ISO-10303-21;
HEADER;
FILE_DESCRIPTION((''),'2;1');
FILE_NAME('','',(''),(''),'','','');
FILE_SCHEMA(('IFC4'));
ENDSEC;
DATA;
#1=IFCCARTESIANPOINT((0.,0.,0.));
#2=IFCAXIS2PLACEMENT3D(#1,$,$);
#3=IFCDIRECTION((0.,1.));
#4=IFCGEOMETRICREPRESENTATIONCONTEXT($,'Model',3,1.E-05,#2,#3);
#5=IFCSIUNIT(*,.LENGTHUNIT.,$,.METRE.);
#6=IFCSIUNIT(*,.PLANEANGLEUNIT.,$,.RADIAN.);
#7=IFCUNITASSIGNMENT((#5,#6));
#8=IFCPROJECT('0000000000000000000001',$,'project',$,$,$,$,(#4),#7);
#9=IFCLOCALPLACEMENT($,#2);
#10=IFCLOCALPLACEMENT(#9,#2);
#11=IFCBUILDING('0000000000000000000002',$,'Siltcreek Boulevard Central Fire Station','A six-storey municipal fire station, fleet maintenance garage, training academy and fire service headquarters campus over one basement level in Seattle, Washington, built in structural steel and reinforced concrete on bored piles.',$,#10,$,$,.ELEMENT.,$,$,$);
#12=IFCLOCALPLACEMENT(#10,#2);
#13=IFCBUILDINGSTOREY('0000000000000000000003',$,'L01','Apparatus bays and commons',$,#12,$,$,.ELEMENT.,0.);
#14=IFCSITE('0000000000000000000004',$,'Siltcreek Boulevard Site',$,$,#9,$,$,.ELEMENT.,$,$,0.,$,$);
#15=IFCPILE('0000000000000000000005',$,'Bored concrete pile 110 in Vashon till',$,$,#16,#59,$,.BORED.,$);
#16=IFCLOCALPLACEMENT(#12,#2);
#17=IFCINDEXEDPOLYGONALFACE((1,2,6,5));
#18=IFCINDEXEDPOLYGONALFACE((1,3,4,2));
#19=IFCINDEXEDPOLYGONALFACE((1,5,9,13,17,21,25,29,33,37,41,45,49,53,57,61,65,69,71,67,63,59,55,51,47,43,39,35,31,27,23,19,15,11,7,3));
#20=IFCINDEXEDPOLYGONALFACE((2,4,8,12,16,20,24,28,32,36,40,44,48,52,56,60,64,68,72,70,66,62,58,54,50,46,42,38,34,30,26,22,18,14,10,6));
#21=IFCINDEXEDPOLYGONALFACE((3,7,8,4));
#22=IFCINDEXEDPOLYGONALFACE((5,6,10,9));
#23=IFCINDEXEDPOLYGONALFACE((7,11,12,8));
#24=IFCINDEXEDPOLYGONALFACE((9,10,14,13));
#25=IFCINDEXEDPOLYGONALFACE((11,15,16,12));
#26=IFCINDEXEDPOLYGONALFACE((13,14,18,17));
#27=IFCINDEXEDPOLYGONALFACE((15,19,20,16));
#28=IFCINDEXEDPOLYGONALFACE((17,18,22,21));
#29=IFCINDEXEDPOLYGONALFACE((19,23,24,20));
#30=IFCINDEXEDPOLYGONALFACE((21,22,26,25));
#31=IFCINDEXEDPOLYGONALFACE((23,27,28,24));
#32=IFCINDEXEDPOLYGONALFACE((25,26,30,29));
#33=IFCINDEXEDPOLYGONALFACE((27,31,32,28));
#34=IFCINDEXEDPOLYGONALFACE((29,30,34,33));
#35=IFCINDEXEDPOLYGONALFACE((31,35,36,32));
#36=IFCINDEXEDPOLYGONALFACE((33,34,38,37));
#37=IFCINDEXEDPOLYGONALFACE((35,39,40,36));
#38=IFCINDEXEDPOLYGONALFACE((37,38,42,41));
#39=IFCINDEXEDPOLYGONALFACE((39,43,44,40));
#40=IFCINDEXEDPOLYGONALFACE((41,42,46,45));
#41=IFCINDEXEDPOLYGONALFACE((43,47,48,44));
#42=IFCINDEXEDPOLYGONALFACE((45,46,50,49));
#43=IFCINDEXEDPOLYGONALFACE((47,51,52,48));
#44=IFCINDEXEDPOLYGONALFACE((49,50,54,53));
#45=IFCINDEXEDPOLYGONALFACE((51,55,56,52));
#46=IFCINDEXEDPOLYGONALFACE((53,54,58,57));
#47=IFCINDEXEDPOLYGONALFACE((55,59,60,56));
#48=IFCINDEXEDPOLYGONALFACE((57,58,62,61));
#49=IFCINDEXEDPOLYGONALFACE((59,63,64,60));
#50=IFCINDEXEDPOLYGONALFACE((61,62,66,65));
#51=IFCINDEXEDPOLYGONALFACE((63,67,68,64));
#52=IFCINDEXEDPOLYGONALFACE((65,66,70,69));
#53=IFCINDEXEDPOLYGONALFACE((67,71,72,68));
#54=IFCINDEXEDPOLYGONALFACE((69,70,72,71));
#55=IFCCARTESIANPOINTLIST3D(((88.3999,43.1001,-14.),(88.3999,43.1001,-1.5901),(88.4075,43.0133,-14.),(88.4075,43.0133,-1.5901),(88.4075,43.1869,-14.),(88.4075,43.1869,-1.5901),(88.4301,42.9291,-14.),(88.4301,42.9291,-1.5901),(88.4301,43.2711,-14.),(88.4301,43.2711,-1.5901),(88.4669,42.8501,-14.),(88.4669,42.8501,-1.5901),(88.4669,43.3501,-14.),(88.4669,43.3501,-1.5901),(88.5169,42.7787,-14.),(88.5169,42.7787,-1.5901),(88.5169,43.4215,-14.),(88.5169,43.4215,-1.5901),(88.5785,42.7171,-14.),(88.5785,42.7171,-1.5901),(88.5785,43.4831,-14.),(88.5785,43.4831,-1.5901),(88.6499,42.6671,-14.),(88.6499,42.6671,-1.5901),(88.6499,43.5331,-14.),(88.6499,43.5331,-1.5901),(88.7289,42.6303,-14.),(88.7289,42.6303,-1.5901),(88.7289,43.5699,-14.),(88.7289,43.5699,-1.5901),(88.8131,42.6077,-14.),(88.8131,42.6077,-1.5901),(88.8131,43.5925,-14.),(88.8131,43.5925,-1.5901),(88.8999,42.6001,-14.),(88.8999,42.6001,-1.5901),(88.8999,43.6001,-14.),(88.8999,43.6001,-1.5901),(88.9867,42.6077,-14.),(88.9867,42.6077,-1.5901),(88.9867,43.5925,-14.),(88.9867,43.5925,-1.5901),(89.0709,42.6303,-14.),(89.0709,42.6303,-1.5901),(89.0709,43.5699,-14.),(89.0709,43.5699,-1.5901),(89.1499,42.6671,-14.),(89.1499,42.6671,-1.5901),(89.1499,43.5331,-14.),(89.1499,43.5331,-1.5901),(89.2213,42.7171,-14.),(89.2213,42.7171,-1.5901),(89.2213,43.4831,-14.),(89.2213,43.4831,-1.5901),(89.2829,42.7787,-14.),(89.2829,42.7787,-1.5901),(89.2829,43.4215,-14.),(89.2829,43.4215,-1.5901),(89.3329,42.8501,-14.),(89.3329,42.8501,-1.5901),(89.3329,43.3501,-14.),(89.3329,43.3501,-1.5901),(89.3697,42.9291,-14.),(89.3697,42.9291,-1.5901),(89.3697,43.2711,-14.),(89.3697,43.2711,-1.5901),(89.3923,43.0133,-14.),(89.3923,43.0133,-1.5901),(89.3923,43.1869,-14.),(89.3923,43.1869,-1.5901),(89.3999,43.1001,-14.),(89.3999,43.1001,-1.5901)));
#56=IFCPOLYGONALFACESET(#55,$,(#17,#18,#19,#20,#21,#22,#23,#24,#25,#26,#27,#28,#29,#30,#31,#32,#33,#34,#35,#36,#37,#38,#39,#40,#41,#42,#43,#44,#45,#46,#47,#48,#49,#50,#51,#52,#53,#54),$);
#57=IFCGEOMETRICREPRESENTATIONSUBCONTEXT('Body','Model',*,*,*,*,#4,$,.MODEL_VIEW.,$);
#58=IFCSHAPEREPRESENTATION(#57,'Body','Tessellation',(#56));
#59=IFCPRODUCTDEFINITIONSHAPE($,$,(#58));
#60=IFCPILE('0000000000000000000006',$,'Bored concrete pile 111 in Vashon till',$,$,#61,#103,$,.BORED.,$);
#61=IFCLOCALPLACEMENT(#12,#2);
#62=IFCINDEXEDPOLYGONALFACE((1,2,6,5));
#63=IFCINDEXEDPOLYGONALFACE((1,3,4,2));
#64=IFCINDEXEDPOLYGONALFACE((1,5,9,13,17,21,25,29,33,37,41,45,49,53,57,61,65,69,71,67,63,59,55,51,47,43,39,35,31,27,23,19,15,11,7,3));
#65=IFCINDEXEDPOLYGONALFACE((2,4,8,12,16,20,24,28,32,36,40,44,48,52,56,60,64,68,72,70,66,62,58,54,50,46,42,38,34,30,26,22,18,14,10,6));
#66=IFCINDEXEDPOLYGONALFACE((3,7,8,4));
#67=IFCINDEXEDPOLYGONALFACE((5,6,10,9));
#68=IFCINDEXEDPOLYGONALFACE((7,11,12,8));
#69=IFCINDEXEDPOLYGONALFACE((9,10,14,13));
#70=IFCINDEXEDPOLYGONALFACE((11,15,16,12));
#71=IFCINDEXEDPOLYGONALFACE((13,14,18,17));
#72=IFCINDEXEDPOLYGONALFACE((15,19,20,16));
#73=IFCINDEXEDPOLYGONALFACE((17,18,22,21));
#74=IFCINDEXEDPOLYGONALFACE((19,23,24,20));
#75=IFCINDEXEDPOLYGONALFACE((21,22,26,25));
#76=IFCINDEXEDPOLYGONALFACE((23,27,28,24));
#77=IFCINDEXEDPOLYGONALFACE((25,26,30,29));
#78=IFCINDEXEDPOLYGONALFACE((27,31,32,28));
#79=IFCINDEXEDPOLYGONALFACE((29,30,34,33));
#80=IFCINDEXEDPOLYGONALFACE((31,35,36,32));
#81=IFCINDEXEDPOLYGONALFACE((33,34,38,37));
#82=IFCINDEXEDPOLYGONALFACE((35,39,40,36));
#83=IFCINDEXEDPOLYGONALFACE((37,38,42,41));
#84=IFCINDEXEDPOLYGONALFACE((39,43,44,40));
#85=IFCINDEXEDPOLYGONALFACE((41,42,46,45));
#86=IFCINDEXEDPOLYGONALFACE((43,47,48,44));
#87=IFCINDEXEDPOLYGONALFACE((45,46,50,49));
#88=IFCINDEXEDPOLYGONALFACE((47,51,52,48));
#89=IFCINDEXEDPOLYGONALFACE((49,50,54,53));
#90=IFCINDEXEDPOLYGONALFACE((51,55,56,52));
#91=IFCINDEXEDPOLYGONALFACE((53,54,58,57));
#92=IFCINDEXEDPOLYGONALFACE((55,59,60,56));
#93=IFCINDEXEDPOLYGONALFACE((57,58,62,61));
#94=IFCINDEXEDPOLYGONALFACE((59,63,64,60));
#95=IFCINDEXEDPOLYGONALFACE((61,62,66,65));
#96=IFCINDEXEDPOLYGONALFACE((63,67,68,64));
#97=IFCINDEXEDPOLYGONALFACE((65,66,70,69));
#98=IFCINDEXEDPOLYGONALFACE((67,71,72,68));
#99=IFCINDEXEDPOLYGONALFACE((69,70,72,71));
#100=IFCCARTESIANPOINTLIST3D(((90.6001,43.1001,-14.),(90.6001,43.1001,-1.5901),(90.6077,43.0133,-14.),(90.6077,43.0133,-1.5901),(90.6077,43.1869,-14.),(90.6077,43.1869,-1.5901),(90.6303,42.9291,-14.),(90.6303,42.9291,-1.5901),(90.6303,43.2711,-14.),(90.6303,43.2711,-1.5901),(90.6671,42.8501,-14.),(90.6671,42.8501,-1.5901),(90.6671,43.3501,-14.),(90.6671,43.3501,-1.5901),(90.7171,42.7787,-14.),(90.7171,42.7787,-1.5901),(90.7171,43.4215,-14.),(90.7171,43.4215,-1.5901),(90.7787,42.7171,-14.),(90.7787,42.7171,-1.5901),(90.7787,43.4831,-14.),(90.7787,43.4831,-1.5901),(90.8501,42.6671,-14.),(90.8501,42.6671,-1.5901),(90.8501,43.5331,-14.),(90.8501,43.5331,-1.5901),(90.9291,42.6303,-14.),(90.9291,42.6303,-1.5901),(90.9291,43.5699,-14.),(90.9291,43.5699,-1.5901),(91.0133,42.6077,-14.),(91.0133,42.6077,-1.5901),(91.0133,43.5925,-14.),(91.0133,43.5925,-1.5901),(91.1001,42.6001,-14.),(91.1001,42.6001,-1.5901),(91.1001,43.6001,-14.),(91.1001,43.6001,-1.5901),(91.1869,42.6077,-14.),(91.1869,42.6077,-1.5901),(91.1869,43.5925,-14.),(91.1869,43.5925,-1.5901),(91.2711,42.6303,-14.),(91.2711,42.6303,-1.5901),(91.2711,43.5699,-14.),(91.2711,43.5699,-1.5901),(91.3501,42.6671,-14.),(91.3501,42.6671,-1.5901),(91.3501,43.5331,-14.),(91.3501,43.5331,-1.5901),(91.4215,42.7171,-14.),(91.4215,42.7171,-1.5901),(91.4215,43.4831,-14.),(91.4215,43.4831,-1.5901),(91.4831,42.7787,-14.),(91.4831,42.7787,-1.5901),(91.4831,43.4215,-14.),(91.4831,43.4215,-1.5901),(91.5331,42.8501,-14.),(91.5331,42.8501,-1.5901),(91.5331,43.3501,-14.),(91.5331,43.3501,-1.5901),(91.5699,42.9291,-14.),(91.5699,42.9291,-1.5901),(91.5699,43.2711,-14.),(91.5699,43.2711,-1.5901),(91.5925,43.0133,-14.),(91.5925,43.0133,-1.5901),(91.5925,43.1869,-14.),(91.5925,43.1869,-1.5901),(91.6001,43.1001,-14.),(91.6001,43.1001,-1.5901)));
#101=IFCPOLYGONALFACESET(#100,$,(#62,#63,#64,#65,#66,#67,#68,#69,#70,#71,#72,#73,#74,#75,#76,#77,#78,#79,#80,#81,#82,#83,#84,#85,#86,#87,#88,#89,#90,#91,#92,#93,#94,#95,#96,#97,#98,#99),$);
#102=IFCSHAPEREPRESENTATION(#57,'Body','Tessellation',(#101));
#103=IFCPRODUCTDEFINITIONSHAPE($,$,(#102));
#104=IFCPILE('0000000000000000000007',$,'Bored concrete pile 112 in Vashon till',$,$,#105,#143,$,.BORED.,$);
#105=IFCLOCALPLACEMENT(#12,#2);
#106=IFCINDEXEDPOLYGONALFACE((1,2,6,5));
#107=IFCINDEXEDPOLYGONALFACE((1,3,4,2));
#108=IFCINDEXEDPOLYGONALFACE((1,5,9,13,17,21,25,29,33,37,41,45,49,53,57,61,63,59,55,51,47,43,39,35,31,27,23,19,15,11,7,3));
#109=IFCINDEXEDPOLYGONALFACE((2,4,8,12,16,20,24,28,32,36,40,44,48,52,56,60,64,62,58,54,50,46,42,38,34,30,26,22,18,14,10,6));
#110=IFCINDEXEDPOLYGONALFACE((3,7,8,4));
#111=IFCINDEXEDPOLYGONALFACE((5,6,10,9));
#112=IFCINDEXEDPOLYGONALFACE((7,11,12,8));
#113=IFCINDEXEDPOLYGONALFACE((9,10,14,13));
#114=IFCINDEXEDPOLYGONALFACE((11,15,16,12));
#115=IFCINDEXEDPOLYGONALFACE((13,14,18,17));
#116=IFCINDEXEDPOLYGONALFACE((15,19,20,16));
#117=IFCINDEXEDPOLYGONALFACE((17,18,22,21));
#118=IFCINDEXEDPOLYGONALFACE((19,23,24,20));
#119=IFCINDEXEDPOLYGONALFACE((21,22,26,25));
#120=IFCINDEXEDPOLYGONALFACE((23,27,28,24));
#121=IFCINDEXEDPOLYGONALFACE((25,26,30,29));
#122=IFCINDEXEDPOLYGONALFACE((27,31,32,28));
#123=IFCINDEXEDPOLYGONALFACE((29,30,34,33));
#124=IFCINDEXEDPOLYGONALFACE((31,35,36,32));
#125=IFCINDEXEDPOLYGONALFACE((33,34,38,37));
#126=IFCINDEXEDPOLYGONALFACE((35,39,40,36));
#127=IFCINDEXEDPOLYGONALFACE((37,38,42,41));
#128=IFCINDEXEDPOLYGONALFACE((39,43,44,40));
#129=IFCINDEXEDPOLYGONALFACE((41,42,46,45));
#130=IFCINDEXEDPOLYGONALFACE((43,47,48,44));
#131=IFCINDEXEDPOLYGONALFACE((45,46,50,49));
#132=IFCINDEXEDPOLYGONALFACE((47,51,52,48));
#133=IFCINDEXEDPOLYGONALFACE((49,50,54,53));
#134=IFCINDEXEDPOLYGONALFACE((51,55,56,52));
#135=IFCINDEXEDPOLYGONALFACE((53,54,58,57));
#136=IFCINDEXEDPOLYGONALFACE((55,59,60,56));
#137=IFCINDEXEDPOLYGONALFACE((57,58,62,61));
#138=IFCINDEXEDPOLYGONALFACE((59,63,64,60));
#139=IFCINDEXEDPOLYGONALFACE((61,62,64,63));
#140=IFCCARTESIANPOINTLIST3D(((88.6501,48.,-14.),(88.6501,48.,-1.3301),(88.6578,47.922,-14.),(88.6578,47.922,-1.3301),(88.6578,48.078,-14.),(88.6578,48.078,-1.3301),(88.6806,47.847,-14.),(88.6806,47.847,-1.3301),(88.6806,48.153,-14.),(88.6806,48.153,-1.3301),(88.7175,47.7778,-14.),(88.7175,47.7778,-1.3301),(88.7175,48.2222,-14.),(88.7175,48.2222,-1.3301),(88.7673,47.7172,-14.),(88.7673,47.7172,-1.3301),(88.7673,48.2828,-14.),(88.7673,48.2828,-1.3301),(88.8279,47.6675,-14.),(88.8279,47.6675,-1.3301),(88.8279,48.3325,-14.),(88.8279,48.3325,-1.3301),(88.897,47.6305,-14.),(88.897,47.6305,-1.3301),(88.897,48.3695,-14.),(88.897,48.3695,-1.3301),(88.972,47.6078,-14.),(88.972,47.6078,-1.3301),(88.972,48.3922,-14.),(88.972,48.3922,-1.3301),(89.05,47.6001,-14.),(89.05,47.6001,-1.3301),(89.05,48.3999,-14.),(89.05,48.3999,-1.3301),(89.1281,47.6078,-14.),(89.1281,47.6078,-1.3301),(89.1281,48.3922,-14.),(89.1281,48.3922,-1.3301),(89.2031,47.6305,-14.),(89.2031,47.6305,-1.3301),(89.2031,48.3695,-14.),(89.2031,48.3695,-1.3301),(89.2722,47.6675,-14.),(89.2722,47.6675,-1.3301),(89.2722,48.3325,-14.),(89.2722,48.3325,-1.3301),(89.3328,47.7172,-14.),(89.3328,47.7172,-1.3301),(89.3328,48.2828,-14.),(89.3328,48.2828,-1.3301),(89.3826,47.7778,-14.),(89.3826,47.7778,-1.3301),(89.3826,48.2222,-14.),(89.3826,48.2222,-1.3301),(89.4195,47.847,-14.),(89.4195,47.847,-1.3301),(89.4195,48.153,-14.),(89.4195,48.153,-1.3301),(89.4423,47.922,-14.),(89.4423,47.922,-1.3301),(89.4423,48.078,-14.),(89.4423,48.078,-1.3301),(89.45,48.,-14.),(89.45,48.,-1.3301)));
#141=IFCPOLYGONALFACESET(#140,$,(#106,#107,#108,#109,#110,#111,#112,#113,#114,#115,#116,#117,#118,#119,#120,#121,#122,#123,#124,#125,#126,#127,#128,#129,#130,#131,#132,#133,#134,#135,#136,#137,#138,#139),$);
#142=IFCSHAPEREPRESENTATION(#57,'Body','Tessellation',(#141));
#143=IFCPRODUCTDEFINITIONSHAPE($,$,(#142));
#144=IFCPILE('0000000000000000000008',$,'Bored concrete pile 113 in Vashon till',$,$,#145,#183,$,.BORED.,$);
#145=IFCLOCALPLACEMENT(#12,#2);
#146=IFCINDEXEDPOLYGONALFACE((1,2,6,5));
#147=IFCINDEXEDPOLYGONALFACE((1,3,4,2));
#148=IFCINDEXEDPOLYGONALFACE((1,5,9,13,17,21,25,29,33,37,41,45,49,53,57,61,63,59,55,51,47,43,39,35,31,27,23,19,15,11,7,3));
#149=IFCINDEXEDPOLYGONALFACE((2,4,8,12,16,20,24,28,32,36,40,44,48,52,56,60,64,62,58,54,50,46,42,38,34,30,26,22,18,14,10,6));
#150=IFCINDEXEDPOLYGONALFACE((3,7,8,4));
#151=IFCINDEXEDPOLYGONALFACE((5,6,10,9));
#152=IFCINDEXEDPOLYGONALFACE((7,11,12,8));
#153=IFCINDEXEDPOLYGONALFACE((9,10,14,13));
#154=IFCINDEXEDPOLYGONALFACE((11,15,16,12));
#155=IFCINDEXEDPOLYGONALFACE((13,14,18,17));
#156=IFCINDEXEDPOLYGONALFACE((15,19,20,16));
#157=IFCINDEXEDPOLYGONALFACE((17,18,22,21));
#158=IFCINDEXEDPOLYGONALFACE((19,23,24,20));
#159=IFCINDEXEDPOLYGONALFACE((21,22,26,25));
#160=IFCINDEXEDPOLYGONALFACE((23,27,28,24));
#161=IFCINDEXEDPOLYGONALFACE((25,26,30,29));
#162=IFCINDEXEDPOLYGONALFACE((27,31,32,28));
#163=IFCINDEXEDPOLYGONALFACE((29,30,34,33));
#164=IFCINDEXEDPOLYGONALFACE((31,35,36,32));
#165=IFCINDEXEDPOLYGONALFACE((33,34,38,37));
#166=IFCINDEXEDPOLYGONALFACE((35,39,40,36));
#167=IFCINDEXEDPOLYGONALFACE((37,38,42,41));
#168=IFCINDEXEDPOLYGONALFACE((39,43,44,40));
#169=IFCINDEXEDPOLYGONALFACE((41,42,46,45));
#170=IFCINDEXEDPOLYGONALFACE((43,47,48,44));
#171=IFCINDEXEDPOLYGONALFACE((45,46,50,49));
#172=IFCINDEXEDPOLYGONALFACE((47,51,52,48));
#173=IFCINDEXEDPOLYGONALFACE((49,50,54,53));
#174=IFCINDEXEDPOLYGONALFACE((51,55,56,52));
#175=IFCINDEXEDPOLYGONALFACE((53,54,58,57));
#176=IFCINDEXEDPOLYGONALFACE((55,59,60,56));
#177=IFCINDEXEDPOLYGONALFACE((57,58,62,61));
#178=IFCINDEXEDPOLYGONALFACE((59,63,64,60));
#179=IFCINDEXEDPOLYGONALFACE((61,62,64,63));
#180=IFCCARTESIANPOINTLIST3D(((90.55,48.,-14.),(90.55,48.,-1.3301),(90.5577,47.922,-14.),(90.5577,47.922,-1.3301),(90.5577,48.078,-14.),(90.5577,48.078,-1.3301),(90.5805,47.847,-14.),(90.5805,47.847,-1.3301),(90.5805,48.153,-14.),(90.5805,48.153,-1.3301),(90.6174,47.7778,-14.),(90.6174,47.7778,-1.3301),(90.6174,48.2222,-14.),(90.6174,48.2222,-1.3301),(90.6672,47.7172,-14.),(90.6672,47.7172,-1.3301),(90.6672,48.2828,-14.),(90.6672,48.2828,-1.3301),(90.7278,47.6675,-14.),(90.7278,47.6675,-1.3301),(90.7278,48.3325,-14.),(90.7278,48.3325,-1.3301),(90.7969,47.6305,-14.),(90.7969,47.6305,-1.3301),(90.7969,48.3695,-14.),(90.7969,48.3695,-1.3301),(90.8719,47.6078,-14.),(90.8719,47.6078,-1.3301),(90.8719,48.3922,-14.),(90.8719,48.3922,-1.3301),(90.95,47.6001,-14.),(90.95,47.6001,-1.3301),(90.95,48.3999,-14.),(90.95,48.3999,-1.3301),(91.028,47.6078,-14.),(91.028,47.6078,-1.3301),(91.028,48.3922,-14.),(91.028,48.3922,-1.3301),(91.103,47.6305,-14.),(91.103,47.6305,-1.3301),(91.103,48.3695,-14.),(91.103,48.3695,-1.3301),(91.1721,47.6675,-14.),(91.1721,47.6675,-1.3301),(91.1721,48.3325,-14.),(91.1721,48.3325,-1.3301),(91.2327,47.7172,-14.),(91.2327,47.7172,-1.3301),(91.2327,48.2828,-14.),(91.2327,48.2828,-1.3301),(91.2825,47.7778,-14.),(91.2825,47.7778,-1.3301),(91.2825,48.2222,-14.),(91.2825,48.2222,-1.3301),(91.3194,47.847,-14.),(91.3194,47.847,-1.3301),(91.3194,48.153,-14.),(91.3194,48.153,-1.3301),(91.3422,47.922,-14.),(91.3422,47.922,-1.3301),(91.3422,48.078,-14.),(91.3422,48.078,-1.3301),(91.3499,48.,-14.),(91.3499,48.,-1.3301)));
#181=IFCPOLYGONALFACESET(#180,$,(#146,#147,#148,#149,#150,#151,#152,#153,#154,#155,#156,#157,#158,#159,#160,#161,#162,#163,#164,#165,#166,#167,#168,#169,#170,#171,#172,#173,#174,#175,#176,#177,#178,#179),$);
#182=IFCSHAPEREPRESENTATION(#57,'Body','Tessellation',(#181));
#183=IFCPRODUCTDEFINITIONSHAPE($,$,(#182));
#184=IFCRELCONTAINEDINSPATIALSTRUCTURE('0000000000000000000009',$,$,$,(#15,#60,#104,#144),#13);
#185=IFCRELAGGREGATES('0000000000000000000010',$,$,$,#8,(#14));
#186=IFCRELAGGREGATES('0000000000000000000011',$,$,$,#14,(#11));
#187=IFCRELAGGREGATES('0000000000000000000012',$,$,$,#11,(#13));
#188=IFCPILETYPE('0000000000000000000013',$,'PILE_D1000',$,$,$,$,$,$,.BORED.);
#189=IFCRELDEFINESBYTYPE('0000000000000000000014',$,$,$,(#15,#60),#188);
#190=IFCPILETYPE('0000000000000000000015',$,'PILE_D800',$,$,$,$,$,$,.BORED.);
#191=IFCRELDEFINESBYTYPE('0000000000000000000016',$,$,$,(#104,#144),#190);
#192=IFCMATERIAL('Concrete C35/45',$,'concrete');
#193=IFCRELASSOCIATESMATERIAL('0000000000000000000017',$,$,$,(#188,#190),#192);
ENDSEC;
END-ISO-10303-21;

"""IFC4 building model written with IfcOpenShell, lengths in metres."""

from ifc_helpers import new_model, si_unit, direction, frame, origin, origin_2d, place, context, subcontext, project, spatial, circle, extrude, material, material_profile, profile_set, type_object, element, save


model = new_model("IFC4")

# Units and contexts
model_context = context("Model", 3, precision=1e-05, world=origin(), true_north=direction((0.0, 1.0)))
body_context = subcontext(model_context, "Body", "Model", "MODEL_VIEW")
ifc_project = project(units=[si_unit("LENGTHUNIT", "METRE"), si_unit("PLANEANGLEUNIT", "RADIAN")], contexts=[model_context])

# Site, building, storey
site_placement = place(None, origin())
site = spatial("IfcSite", under=ifc_project, at=site_placement, Name="Siltcreek Boulevard Site", CompositionType="ELEMENT", RefElevation=0.0)
building_placement = place(site_placement, origin())
building = spatial("IfcBuilding", under=site, at=building_placement, Name="Siltcreek Boulevard Central Fire Station", Description="A six-storey municipal fire station, fleet maintenance garage, training academy and fire service headquarters campus over one basement level in Seattle, Washington, built in structural steel and reinforced concrete on bored piles.", CompositionType="ELEMENT")
storey_placement = place(building_placement, origin())
storey = spatial("IfcBuildingStorey", under=building, at=storey_placement, Name="L01", Description="Apparatus bays and commons", CompositionType="ELEMENT", Elevation=0.0)

# Shared definitions
ifc_material_1 = material(Name="Concrete C35/45", Category="concrete")

# Piles
ifc_material_profile_1 = material_profile(ifc_material_1, circle(Radius=0.5, at=origin_2d()), Name="SHAFT1000")
ifc_profile_set_1 = profile_set([ifc_material_profile_1], Name="Concrete C35/45")
pile_type_1 = type_object("IfcPileType", Name="PILE_D1000", PredefinedType="BORED", material=ifc_profile_set_1)
for number, where, z_axis, x_axis, name in (
    (1, (88.8999, 43.1001, -1.5901), (0.0, 0.0, -1.0), (1.0, 0.0, 0.0), "Bored concrete pile 110 in Vashon till"),
    (2, (91.1001, 43.1001, -1.5901), (0.0, 0.0, -1.0), (1.0, 0.0, 0.0), "Bored concrete pile 111 in Vashon till"),
):
    element("IfcPile", number, at=place(storey_placement, frame(where, z_axis=z_axis, x_axis=x_axis)), inside=storey, type_object=pile_type_1, Name=name, PredefinedType="BORED", context=body_context, shape_type="SweptSolid", body=[
        extrude(circle(Radius=0.5, at=origin_2d()), origin(), (0.0, 0.0, 1.0), 12.4099),
    ])
ifc_material_profile_2 = material_profile(ifc_material_1, circle(Radius=0.3999, at=origin_2d()), Name="SHAFT800")
ifc_profile_set_2 = profile_set([ifc_material_profile_2], Name="Concrete C35/45")
pile_type_2 = type_object("IfcPileType", Name="PILE_D800", PredefinedType="BORED", material=ifc_profile_set_2)
for number, where, z_axis, x_axis, name in (
    (3, (89.05, 48.0, -1.3301), (0.0, 0.0, -1.0), (1.0, 0.0, 0.0), "Bored concrete pile 112 in Vashon till"),
    (4, (90.95, 48.0, -1.3301), (0.0, 0.0, -1.0), (1.0, 0.0, 0.0), "Bored concrete pile 113 in Vashon till"),
):
    element("IfcPile", number, at=place(storey_placement, frame(where, z_axis=z_axis, x_axis=x_axis)), inside=storey, type_object=pile_type_2, Name=name, PredefinedType="BORED", context=body_context, shape_type="SweptSolid", body=[
        extrude(circle(Radius=0.3999, at=origin_2d()), origin(), (0.0, 0.0, 1.0), 12.6699),
    ])

save(model, "model.ifc")
